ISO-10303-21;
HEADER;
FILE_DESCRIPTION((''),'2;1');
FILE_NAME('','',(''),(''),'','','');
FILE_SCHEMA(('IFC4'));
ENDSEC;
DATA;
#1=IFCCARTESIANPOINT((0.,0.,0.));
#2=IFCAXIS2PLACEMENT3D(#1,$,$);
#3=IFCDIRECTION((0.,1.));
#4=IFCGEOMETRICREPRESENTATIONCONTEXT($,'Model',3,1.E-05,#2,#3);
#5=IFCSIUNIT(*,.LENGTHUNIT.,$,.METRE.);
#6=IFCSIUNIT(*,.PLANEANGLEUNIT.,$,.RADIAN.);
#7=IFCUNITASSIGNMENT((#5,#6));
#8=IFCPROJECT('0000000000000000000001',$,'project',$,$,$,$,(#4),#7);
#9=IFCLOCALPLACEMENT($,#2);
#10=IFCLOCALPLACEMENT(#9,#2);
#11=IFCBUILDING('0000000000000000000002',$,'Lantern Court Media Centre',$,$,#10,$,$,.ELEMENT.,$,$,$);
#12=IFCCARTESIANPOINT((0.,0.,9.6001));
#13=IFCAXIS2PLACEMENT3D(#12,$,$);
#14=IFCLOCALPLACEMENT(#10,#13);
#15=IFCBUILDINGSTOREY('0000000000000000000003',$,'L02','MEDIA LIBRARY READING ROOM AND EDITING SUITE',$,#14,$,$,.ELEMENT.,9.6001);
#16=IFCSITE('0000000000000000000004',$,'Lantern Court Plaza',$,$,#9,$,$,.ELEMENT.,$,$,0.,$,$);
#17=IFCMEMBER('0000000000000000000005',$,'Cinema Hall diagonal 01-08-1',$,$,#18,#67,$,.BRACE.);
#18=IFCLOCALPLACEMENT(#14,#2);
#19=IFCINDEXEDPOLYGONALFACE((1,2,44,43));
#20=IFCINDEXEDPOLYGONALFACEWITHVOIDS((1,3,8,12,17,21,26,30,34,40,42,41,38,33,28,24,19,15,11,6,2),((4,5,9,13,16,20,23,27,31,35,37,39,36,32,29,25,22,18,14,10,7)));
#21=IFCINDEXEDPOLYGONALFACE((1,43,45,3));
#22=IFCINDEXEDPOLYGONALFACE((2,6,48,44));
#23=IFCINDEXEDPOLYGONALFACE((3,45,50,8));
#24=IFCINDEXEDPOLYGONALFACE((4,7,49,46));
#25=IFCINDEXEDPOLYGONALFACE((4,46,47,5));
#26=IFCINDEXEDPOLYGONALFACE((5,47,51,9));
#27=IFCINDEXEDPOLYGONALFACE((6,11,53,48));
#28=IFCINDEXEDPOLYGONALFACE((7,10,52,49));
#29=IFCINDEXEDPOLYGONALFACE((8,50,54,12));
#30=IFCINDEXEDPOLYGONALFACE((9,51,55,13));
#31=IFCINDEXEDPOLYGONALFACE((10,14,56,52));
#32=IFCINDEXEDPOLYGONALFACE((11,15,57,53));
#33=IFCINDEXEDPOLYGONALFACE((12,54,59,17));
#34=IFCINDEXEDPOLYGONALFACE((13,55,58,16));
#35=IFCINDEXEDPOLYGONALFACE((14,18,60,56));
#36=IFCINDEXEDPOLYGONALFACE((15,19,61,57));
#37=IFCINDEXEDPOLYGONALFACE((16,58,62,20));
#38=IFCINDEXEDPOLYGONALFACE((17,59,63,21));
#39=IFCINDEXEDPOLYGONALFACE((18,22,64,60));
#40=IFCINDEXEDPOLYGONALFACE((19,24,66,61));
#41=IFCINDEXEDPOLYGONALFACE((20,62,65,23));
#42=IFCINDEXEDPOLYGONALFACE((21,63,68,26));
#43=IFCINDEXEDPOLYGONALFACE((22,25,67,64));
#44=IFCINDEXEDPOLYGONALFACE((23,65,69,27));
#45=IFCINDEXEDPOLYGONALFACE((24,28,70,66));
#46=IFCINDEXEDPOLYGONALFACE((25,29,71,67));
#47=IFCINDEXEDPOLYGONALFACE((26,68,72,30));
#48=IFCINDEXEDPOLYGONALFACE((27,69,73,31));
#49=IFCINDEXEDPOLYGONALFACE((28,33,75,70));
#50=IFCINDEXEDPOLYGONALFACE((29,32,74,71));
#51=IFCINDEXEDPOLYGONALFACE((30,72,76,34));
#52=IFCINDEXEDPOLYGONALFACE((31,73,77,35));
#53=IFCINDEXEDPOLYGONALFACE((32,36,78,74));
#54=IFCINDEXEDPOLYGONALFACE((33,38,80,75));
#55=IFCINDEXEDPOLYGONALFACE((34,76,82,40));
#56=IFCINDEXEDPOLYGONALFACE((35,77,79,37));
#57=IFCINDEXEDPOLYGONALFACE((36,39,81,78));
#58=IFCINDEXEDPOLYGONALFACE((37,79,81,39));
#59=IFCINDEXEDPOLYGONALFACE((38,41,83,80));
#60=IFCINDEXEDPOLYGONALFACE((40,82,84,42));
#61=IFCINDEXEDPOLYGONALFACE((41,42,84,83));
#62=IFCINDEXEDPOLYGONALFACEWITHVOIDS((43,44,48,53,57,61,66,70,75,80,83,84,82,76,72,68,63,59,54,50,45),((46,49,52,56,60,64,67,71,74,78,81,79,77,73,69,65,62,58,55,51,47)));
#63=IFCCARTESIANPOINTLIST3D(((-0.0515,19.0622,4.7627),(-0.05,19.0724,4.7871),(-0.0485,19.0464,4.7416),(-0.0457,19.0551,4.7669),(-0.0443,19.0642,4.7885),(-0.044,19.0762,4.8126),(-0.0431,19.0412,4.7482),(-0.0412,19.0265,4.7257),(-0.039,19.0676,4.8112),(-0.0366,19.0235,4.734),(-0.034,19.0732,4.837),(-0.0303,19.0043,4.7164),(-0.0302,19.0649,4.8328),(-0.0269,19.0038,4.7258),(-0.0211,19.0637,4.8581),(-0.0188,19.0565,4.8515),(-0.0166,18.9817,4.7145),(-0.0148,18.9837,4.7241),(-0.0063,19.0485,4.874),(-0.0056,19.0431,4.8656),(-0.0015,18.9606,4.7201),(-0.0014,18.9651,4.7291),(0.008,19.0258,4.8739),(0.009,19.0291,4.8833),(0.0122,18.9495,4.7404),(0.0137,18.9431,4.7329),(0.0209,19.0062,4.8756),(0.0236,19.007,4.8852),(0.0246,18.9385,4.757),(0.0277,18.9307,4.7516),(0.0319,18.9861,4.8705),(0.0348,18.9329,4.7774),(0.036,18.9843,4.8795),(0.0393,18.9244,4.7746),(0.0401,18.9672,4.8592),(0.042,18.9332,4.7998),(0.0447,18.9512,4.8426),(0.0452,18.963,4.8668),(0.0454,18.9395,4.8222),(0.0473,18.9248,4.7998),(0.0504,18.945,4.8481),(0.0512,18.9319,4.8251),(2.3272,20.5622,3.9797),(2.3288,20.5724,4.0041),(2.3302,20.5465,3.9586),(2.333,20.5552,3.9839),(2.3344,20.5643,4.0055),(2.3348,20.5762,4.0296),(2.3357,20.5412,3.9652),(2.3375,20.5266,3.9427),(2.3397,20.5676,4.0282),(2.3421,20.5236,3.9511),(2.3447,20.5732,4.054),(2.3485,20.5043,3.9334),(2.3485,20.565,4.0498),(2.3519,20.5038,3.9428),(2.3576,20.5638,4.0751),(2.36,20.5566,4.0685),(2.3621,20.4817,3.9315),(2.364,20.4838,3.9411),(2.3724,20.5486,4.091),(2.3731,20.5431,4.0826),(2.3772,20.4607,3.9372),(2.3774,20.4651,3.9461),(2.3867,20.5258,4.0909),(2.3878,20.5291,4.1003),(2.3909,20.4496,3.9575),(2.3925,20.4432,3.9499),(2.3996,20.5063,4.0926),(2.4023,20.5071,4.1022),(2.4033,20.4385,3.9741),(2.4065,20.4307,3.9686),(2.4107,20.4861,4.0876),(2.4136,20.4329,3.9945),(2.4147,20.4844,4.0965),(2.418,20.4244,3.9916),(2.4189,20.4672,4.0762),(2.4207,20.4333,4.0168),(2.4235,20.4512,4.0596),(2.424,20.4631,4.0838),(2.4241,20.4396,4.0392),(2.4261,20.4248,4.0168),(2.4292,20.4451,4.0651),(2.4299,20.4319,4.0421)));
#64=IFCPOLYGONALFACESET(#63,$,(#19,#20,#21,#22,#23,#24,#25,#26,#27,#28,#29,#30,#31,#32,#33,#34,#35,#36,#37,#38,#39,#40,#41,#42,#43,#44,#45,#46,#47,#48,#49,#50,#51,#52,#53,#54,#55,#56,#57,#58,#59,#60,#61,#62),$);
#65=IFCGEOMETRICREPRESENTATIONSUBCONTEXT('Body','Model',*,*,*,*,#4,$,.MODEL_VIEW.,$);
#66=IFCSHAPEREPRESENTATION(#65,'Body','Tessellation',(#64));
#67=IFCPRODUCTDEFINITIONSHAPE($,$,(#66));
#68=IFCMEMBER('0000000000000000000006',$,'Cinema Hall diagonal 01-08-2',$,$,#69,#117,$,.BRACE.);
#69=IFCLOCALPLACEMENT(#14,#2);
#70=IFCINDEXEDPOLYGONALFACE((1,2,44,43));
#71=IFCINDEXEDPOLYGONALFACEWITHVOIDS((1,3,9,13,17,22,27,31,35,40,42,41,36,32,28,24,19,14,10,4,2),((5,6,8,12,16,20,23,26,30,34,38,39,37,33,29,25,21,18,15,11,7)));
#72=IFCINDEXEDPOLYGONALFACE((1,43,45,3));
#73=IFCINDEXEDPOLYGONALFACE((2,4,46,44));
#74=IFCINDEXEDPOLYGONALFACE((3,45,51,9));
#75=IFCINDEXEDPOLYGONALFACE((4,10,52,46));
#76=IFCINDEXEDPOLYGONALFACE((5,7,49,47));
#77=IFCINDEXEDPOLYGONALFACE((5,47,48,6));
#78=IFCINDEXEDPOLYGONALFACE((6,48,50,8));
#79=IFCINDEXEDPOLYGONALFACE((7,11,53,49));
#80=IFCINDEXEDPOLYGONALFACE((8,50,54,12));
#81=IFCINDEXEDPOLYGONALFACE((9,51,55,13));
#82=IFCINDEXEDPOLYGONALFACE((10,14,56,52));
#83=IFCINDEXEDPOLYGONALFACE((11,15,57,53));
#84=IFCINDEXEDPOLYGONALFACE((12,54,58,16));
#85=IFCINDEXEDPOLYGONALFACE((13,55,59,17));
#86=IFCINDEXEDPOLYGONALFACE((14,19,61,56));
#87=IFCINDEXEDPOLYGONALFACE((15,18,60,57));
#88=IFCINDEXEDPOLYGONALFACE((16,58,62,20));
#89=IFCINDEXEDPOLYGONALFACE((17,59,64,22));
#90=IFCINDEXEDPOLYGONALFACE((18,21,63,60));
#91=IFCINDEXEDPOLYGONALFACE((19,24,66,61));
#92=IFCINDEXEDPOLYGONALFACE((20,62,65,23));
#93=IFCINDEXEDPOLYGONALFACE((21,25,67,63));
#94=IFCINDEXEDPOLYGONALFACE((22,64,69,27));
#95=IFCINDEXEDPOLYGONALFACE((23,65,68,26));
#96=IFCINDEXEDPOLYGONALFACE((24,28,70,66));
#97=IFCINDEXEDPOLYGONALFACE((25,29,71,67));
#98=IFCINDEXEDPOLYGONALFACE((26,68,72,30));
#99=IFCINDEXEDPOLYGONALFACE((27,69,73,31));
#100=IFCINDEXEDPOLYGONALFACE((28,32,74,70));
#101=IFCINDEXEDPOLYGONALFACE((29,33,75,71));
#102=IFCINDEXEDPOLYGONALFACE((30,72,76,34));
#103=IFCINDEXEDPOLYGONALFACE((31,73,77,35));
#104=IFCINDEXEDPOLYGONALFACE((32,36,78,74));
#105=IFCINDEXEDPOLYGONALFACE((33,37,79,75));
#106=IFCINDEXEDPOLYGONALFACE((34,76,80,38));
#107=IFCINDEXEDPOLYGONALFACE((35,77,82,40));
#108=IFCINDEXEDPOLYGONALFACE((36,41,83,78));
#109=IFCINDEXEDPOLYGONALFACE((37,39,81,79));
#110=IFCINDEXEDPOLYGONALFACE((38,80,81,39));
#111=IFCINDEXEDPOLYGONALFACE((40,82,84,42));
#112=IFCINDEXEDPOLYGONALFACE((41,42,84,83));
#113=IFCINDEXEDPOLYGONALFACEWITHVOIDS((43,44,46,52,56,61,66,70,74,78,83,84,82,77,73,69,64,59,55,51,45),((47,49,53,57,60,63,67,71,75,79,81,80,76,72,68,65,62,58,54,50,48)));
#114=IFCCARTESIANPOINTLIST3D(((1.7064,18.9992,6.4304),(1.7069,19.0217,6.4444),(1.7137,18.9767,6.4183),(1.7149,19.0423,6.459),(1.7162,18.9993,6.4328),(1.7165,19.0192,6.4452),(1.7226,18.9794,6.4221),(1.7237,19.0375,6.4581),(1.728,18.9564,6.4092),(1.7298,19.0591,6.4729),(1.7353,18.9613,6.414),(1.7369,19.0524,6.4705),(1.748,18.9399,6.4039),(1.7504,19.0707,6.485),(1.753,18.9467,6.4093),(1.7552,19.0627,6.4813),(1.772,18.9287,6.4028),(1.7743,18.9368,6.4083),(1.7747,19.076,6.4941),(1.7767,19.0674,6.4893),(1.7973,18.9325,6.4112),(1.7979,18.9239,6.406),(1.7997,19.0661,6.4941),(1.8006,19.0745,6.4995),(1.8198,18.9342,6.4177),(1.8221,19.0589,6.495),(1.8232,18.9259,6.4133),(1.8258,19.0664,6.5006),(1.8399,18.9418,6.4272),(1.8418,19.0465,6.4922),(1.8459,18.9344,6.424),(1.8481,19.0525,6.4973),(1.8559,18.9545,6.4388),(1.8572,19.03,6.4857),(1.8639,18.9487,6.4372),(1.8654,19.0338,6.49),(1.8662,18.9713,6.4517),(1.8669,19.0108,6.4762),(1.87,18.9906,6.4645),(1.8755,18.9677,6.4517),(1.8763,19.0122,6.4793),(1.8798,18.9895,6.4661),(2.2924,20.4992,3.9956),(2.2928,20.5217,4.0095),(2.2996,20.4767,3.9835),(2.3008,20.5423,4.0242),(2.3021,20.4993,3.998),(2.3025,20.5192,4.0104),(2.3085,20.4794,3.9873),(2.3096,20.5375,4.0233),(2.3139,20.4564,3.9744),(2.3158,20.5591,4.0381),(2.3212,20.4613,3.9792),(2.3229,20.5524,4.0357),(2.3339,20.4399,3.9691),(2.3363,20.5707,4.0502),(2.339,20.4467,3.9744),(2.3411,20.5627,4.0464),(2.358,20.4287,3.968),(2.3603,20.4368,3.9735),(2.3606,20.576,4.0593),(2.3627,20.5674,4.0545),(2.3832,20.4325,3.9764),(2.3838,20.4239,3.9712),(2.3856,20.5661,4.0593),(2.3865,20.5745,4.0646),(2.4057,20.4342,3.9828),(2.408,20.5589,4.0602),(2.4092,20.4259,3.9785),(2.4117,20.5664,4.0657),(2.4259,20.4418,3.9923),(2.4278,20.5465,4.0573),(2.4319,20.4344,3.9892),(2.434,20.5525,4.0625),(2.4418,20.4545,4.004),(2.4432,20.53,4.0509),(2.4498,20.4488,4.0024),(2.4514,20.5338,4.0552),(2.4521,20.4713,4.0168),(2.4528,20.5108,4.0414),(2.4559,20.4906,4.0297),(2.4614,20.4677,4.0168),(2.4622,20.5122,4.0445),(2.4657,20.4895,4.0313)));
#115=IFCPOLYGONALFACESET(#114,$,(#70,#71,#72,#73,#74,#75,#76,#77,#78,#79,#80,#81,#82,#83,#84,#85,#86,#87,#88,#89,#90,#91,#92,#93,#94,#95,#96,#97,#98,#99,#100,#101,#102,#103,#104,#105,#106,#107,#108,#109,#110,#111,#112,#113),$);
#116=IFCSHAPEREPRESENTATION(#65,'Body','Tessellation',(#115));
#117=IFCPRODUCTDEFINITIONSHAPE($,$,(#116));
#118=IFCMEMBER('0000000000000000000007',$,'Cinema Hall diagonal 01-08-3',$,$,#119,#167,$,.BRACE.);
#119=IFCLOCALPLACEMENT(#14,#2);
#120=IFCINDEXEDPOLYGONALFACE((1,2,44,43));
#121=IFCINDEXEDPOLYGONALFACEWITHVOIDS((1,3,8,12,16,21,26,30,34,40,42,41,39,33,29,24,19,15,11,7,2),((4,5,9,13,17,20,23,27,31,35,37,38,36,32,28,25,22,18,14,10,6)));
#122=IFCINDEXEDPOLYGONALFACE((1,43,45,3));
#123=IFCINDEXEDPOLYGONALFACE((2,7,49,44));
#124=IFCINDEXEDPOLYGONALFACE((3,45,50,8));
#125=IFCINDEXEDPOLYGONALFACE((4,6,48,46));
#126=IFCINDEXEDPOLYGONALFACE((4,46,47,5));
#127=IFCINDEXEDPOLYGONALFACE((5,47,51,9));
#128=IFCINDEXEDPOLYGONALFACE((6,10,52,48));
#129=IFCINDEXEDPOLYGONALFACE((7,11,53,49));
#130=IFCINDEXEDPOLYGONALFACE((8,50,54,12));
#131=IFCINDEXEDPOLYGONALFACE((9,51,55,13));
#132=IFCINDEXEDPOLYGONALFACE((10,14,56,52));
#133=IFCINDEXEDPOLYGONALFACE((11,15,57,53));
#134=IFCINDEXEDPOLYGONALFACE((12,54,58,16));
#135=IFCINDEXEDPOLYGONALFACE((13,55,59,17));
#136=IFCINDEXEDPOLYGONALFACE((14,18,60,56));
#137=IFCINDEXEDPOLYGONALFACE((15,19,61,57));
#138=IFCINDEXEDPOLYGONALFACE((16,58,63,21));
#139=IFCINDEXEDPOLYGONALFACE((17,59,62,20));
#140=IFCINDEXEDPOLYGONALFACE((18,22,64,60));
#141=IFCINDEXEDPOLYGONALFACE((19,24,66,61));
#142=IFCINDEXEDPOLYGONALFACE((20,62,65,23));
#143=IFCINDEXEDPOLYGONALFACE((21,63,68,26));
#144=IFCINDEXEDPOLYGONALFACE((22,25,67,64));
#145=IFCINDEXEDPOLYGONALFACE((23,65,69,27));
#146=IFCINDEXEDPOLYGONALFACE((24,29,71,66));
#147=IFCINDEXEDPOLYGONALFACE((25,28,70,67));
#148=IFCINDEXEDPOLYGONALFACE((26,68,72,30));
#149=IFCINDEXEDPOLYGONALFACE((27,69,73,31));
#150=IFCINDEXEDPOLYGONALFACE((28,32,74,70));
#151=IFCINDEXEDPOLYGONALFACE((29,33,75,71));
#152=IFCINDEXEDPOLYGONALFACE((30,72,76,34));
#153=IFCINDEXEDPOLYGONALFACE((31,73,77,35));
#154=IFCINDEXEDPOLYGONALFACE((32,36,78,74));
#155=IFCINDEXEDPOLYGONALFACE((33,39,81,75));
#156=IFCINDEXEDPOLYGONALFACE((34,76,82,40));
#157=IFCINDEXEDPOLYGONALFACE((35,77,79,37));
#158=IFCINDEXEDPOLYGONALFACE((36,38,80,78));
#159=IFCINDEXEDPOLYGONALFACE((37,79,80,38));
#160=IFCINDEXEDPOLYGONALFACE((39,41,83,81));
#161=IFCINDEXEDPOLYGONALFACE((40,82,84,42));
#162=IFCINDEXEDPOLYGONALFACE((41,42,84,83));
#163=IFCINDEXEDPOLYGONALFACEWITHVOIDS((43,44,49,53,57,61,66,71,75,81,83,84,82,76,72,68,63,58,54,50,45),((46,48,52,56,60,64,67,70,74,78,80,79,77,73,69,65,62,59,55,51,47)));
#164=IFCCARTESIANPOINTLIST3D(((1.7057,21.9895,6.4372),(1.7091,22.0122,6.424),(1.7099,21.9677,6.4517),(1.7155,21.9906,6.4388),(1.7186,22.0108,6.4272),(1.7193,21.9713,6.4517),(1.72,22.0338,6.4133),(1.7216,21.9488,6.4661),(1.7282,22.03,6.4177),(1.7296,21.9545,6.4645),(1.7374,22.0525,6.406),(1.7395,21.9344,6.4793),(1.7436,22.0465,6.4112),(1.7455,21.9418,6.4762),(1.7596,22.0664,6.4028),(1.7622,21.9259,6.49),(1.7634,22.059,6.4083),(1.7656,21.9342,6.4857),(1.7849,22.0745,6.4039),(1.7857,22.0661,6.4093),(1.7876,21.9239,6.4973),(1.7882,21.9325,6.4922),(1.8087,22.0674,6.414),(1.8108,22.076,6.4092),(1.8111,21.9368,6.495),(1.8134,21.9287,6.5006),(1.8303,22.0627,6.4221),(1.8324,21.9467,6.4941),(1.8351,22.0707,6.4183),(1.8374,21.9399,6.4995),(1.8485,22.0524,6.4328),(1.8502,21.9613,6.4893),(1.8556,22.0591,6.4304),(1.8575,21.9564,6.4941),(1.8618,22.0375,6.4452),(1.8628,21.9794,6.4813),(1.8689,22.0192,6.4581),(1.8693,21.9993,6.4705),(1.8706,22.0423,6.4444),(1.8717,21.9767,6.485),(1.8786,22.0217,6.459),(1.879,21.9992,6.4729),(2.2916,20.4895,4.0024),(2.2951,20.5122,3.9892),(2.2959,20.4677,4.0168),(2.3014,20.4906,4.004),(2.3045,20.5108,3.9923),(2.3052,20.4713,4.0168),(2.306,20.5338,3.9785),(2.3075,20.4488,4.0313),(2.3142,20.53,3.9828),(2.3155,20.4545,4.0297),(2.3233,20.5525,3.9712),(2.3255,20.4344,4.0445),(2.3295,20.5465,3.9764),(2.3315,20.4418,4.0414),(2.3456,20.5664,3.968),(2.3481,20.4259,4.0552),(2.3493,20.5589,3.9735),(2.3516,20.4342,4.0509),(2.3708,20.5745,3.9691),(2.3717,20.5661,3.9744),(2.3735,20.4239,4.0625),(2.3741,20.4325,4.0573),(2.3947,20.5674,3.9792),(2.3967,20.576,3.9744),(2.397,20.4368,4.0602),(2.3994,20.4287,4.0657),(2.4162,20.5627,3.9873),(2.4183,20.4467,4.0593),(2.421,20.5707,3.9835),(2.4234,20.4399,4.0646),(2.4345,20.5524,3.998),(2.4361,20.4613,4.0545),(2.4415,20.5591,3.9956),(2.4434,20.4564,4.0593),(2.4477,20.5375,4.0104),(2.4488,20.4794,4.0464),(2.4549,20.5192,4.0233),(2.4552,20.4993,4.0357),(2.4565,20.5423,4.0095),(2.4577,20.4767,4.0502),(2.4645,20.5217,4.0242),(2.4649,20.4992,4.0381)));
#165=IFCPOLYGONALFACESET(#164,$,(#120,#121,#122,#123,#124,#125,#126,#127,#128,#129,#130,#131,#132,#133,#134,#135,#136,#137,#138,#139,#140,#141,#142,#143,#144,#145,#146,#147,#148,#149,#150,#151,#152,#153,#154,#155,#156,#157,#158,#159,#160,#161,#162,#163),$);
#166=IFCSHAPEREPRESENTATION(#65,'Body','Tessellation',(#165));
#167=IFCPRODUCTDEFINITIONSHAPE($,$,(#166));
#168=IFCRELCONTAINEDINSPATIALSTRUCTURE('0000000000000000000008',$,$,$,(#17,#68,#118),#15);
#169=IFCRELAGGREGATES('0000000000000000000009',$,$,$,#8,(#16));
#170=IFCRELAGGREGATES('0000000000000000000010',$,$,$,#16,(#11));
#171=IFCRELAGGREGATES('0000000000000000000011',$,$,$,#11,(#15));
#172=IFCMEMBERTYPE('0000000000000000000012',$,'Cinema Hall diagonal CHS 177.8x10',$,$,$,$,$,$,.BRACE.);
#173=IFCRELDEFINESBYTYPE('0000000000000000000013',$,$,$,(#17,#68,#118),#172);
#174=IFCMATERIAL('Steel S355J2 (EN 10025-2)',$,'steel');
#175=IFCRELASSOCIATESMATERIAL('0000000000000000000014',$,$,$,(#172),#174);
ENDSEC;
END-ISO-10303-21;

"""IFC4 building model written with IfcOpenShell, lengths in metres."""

from ifc_helpers import new_model, si_unit, direction, frame, origin, origin_2d, place, context, subcontext, project, spatial, hollow_circle, extrude, material, material_profile, profile_set, type_object, element, save


model = new_model("IFC4")

# Units and contexts
model_context = context("Model", 3, precision=1e-05, world=origin(), true_north=direction((0.0, 1.0)))
body_context = subcontext(model_context, "Body", "Model", "MODEL_VIEW")
ifc_project = project(units=[si_unit("LENGTHUNIT", "METRE"), si_unit("PLANEANGLEUNIT", "RADIAN")], contexts=[model_context])

# Site, building, storey
site_placement = place(None, origin())
site = spatial("IfcSite", under=ifc_project, at=site_placement, Name="Lantern Court Plaza", CompositionType="ELEMENT", RefElevation=0.0)
building_placement = place(site_placement, origin())
building = spatial("IfcBuilding", under=site, at=building_placement, Name="Lantern Court Media Centre", CompositionType="ELEMENT")
storey_placement = place(building_placement, frame((0.0, 0.0, 9.6001)))
storey = spatial("IfcBuildingStorey", under=building, at=storey_placement, Name="L02", Description="MEDIA LIBRARY READING ROOM AND EDITING SUITE", CompositionType="ELEMENT", Elevation=9.6001)

# Shared definitions
ifc_material_1 = material(Name="Steel S355J2 (EN 10025-2)", Category="steel")

# Members
ifc_material_profile_1 = material_profile(ifc_material_1, hollow_circle(Radius=0.0889, WallThickness=0.01, at=origin_2d()), Name="Cinema Hall diagonal CHS 177.8x10")
ifc_profile_set_1 = profile_set([ifc_material_profile_1], Name="Steel S355J2 (EN 10025-2)")
member_type_1 = type_object("IfcMemberType", Name="Cinema Hall diagonal CHS 177.8x10", PredefinedType="BRACE", material=ifc_profile_set_1)
for number, where, z_axis, x_axis, name in (
    (1, (2.3787, 20.5, 4.0168), (-0.814866, -0.51386, 0.268221), (0.533405, -0.84586, 0.0), "Cinema Hall diagonal 01-08-1"),
    (2, (2.3787, 20.5, 4.0168), (-0.20072, -0.513842, 0.834073), (0.931457, -0.363851, 0.0), "Cinema Hall diagonal 01-08-2"),
    (3, (2.3787, 20.5, 4.0168), (-0.20072, 0.513842, 0.834073), (-0.931457, -0.363851, 0.0), "Cinema Hall diagonal 01-08-3"),
):
    element("IfcMember", number, at=place(storey_placement, frame(where, z_axis=z_axis, x_axis=x_axis)), inside=storey, type_object=member_type_1, Name=name, PredefinedType="BRACE", context=body_context, shape_type="SweptSolid", body=[
        extrude(hollow_circle(Radius=0.0889, WallThickness=0.01, at=origin_2d()), origin(), (0.0, 0.0, 1.0), 2.9192),
    ])

save(model, "model.ifc")
